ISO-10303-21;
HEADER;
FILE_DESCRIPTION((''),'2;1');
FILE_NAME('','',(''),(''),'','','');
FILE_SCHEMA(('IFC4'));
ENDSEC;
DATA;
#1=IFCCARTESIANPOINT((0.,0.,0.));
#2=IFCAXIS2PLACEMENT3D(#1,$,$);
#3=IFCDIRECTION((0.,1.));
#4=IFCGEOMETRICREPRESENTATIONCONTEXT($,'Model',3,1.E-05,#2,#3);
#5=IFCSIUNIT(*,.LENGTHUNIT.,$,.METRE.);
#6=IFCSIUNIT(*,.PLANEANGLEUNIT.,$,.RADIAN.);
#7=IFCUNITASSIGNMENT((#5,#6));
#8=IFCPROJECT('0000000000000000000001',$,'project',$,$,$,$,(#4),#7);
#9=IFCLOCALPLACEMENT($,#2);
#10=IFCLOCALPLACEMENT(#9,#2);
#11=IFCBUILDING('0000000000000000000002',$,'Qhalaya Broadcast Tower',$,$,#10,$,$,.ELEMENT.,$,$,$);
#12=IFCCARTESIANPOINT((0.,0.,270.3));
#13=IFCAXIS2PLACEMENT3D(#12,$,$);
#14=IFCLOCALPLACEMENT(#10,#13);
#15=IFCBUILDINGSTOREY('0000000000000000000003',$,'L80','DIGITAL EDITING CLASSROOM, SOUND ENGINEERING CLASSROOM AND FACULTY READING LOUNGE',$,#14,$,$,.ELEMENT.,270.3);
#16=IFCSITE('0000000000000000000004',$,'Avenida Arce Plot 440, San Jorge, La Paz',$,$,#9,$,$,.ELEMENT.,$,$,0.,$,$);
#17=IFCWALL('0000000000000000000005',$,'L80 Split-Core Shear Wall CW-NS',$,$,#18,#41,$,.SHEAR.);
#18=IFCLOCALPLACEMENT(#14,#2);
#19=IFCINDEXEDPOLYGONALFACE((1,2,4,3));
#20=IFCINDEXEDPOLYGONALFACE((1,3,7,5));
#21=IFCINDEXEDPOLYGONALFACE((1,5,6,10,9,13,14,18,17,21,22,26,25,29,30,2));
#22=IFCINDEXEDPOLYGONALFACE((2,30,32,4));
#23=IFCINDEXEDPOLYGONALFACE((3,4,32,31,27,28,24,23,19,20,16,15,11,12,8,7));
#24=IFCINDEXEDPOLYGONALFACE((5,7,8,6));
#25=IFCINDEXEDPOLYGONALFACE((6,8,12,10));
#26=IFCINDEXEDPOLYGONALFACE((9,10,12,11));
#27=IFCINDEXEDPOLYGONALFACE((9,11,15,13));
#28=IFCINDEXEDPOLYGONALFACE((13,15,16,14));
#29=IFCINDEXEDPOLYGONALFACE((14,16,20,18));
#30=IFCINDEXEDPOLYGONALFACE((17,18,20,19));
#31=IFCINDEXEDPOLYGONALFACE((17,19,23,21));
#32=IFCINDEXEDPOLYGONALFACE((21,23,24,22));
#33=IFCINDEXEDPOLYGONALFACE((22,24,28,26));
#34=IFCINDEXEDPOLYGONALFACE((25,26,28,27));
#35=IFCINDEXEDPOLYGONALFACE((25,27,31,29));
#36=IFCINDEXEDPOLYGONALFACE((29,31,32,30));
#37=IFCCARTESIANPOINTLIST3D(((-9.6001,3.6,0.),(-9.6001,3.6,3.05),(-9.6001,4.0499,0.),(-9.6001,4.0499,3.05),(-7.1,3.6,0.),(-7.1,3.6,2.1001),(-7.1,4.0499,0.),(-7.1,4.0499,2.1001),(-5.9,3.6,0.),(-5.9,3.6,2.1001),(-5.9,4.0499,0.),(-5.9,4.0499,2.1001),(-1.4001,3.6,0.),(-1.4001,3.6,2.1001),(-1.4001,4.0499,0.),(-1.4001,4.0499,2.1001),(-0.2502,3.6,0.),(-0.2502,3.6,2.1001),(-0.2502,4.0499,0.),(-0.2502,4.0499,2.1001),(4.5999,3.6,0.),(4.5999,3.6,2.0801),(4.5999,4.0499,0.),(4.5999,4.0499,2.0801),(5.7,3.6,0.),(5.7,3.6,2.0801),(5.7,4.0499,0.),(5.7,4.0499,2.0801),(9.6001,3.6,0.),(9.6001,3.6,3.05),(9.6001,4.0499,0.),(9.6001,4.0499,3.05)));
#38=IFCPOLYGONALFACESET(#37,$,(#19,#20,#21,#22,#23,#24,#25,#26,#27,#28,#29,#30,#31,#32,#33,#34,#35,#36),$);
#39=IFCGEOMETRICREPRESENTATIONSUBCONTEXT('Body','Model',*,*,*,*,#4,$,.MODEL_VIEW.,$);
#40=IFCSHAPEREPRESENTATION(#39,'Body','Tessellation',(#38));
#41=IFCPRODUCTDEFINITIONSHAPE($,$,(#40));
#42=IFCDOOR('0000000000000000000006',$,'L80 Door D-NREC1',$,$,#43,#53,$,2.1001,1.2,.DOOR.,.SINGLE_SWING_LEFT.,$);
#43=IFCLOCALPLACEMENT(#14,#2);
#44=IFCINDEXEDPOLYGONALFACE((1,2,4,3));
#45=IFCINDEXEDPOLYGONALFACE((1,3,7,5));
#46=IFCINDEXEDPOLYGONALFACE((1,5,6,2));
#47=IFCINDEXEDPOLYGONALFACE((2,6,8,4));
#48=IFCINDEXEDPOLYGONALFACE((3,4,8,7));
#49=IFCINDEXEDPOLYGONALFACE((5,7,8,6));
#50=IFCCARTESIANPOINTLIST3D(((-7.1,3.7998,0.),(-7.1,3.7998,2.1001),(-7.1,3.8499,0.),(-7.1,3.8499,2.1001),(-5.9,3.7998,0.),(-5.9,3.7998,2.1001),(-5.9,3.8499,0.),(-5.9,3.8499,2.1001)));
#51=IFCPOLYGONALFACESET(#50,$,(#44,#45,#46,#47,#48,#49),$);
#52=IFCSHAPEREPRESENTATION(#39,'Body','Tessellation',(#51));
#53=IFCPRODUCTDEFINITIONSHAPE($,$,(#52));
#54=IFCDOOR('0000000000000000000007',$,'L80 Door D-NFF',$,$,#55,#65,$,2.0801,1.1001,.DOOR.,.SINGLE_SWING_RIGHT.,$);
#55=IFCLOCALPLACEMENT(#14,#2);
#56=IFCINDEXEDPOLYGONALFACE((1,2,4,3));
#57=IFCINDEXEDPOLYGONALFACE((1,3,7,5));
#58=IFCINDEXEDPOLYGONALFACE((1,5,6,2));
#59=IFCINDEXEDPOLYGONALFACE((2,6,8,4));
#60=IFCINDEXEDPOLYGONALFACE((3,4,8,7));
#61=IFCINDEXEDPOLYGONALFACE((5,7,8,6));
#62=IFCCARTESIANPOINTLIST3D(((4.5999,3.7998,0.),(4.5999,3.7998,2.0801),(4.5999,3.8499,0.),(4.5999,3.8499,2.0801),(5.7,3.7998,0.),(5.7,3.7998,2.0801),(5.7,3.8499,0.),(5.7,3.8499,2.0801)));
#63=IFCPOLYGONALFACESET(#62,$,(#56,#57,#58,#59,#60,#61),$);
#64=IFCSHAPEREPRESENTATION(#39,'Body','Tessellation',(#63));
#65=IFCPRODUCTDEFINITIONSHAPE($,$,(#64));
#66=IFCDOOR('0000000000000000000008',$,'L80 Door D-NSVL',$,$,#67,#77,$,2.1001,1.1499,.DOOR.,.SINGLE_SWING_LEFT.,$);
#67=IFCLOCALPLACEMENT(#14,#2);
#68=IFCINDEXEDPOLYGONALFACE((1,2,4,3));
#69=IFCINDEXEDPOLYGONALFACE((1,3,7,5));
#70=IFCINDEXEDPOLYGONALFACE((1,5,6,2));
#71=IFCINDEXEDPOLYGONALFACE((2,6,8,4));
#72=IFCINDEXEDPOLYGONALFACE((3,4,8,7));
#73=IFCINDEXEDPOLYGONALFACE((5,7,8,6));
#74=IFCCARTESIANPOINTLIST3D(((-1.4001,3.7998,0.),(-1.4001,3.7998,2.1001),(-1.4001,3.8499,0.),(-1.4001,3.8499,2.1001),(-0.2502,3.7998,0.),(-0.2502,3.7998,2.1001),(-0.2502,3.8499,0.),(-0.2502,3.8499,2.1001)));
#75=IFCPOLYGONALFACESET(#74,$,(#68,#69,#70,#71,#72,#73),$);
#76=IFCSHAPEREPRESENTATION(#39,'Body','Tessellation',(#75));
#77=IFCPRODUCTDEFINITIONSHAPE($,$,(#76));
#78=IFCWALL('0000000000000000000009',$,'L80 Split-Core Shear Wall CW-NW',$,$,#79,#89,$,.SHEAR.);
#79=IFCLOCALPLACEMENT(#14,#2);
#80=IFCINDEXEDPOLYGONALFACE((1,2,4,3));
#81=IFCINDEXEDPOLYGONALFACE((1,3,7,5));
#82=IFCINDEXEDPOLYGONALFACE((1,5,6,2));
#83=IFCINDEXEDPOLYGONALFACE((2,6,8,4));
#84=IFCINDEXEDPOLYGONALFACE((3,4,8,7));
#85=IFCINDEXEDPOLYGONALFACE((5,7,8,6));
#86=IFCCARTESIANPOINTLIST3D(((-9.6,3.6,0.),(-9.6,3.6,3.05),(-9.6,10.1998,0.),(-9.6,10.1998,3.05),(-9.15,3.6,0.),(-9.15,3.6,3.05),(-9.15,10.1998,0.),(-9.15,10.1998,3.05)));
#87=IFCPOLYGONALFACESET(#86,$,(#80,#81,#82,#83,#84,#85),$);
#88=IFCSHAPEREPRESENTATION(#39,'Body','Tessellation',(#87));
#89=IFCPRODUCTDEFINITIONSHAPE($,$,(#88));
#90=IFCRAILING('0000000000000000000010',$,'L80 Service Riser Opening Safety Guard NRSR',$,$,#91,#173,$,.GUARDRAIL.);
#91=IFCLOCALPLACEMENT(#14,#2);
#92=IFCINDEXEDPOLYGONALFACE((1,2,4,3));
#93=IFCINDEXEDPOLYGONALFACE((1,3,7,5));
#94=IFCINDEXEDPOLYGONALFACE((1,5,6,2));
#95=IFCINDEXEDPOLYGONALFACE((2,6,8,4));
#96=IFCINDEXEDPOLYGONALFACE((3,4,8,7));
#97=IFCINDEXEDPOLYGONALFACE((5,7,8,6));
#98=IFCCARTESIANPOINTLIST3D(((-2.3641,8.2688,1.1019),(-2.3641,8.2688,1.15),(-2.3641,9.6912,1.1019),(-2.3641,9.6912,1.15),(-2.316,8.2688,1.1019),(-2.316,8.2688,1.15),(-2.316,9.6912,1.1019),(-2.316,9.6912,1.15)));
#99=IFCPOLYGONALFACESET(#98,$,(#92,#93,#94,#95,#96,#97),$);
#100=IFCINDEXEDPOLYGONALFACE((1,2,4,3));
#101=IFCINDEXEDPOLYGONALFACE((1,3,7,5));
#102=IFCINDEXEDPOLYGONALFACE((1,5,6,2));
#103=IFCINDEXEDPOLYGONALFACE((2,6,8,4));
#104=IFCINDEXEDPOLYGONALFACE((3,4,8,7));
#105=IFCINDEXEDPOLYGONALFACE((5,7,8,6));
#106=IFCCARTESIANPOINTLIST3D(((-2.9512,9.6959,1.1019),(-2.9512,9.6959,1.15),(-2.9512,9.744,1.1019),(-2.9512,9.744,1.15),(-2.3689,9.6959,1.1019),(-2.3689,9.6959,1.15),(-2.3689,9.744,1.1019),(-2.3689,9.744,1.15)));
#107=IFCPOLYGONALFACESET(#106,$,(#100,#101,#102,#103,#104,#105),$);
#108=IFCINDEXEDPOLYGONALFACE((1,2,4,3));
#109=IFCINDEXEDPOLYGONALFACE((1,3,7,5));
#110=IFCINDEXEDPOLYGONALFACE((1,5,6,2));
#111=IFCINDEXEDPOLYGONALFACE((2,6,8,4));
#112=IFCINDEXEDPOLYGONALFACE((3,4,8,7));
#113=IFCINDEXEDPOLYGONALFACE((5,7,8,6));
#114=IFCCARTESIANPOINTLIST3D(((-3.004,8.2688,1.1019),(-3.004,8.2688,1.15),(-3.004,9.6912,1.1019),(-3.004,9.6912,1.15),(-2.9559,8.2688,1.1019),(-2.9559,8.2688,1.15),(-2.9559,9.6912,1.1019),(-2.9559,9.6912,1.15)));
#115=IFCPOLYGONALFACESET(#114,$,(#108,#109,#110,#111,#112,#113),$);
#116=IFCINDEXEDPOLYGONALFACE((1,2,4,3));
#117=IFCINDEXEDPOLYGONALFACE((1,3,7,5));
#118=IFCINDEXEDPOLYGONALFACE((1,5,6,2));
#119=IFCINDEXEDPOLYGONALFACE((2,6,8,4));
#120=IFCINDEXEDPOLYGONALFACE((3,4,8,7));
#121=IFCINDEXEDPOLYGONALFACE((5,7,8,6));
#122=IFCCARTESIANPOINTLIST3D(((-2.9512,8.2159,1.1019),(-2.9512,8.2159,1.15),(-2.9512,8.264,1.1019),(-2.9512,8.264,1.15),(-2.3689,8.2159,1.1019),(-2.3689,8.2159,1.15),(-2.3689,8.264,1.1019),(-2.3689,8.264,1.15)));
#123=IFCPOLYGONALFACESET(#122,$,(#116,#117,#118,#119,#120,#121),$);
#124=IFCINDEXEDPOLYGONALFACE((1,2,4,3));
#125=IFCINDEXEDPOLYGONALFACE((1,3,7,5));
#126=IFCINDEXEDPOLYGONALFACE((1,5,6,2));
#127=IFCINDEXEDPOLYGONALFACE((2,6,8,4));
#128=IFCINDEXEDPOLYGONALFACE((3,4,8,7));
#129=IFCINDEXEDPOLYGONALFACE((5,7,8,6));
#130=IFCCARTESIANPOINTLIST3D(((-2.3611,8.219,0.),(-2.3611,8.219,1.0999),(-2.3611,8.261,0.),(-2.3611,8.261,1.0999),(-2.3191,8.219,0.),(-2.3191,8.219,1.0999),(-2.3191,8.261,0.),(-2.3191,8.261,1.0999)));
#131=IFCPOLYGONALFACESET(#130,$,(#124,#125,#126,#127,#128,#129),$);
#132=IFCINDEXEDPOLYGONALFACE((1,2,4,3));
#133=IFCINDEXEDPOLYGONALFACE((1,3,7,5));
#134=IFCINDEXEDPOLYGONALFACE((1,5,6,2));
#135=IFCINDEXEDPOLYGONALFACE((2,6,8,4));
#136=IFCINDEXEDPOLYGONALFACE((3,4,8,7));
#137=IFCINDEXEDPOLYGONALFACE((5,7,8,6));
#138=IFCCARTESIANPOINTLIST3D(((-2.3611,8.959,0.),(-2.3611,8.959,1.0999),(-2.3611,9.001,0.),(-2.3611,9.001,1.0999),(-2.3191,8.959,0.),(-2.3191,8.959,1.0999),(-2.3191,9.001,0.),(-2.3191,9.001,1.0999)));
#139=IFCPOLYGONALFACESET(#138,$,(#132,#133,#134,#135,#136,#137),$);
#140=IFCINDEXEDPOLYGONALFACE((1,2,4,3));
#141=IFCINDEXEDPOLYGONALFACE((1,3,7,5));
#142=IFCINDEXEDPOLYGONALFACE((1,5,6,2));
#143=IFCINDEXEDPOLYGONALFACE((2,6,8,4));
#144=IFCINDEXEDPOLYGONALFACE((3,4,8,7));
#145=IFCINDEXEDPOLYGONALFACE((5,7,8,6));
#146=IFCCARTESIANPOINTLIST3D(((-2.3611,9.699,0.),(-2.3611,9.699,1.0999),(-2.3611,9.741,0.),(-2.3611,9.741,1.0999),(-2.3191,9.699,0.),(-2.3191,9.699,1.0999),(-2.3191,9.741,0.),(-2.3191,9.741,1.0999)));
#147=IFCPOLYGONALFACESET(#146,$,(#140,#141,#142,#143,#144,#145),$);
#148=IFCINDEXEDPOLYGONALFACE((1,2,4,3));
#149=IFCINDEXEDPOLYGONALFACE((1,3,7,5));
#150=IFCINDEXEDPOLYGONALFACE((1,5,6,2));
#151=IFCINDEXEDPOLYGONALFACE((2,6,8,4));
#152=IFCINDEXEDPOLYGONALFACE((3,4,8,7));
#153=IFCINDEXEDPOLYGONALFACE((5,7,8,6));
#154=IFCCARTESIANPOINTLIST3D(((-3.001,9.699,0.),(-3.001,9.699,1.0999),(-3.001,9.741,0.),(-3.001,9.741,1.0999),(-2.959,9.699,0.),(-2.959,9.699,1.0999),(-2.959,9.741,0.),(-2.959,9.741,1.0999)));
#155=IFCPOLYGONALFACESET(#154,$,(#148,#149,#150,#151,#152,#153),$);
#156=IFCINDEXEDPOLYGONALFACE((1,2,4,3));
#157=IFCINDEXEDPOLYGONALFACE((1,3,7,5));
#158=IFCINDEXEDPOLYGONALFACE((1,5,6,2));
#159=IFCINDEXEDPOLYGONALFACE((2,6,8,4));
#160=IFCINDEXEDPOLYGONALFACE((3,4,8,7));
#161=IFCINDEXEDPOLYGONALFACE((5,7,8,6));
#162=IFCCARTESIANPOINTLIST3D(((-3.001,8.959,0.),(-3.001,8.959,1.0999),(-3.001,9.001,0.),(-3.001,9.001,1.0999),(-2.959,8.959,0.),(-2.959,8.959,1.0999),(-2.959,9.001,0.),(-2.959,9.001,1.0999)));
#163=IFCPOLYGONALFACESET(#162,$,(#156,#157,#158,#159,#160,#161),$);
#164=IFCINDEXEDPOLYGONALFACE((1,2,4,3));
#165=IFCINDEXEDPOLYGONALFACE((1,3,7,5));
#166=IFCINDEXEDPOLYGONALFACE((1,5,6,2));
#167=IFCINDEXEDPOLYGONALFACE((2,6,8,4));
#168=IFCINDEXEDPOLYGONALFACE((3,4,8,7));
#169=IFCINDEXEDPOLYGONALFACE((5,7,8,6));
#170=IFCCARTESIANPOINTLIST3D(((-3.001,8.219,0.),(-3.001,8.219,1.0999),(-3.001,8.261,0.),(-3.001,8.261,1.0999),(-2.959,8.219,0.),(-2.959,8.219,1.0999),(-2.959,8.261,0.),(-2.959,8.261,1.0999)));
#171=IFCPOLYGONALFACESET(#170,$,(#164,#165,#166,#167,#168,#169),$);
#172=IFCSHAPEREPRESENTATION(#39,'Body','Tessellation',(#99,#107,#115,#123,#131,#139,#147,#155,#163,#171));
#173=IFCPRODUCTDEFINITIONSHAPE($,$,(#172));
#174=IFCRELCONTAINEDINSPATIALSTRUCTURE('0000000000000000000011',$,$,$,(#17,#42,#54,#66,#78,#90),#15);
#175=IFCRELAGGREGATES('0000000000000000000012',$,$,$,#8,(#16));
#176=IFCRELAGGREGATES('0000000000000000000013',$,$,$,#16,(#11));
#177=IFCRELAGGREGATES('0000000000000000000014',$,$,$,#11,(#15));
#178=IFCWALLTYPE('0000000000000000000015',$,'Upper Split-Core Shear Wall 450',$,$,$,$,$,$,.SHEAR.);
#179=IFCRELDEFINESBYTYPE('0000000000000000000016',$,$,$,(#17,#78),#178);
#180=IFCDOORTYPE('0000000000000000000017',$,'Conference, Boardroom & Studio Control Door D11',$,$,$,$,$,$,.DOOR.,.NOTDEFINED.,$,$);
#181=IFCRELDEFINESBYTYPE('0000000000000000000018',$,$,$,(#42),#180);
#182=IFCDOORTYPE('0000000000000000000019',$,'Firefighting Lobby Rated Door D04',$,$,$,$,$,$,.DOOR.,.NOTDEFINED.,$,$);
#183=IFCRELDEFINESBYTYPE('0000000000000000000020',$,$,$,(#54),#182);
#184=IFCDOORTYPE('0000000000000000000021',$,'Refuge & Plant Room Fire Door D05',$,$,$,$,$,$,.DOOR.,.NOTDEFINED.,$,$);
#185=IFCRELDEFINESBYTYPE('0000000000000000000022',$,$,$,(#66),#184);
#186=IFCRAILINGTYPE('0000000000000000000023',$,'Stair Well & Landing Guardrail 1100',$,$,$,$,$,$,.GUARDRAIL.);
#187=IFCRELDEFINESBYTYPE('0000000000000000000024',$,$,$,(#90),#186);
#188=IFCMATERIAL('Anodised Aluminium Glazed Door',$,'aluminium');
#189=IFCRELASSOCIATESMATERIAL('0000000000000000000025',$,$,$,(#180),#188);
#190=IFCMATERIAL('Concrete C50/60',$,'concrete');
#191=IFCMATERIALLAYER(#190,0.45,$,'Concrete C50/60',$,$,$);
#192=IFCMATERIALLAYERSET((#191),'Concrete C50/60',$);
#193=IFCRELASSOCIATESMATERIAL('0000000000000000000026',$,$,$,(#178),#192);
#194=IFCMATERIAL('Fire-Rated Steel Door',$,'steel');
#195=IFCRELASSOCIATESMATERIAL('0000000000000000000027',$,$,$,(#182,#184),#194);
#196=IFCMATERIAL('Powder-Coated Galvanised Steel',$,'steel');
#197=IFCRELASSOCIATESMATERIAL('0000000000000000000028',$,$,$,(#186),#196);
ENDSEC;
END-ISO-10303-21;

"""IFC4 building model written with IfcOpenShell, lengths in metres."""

from ifc_helpers import new_model, si_unit, direction, frame, frame_2d, origin, origin_2d, place, context, subcontext, project, spatial, rectangle, extrude, material, layer, layer_set, type_object, element, fill, save


model = new_model("IFC4")

# Units and contexts
model_context = context("Model", 3, precision=1e-05, world=origin(), true_north=direction((0.0, 1.0)))
body_context = subcontext(model_context, "Body", "Model", "MODEL_VIEW")
ifc_project = project(units=[si_unit("LENGTHUNIT", "METRE"), si_unit("PLANEANGLEUNIT", "RADIAN")], contexts=[model_context])

# Site, building, storey
site_placement = place(None, origin())
site = spatial("IfcSite", under=ifc_project, at=site_placement, Name="Avenida Arce Plot 440, San Jorge, La Paz", CompositionType="ELEMENT", RefElevation=0.0)
building_placement = place(site_placement, origin())
building = spatial("IfcBuilding", under=site, at=building_placement, Name="Qhalaya Broadcast Tower", CompositionType="ELEMENT")
storey_placement = place(building_placement, frame((0.0, 0.0, 270.3)))
storey = spatial("IfcBuildingStorey", under=building, at=storey_placement, Name="L80", Description="DIGITAL EDITING CLASSROOM, SOUND ENGINEERING CLASSROOM AND FACULTY READING LOUNGE", CompositionType="ELEMENT", Elevation=270.3)

# Shared definitions
ifc_material_1 = material(Name="Concrete C50/60", Category="concrete")

# Shared definitions
ifc_material_2 = material(Name="Fire-Rated Steel Door", Category="steel")

# Shared definitions
ifc_material_3 = material(Name="Anodised Aluminium Glazed Door", Category="aluminium")
door_type_1 = type_object("IfcDoorType", Name="Conference, Boardroom & Studio Control Door D11", OperationType="NOTDEFINED", PredefinedType="DOOR", material=ifc_material_3)

# Wall, openings, doors
ifc_layer_1 = layer(ifc_material_1, 0.45, Name="Concrete C50/60")
ifc_layer_set_1 = layer_set([ifc_layer_1], Name="Concrete C50/60")
wall_type_1 = type_object("IfcWallType", Name="Upper Split-Core Shear Wall 450", PredefinedType="SHEAR", material=ifc_layer_set_1)
wall_1_placement = place(storey_placement, frame((-9.6001, 3.825, 0.0), z_axis=(0.0, 0.0, 1.0), x_axis=(1.0, 0.0, 0.0)))
wall_1 = element("IfcWall", 1, at=wall_1_placement, inside=storey, type_object=wall_type_1, Name="L80 Split-Core Shear Wall CW-NS", PredefinedType="SHEAR", context=body_context, shape_type="SweptSolid", body=[
    extrude(rectangle(XDim=19.2002, YDim=0.45, at=frame_2d((9.6001, 0.0))), origin(), (0.0, 0.0, 1.0), 3.05),
])
opening_1_placement = place(wall_1_placement, frame((14.2, 0.0, 0.0)))
opening_1 = element("IfcOpeningElement", 2, at=opening_1_placement, cuts=wall_1, PredefinedType="OPENING", context=body_context, shape_type="SweptSolid", body=[
    extrude(rectangle(XDim=1.1001, YDim=2.0801, at=frame_2d((0.55, 1.04))), frame((0.0, 0.2371, 0.0), z_axis=(0.0, -1.0, 0.0), x_axis=(1.0, 0.0, 0.0)), (0.0, 0.0, 1.0), 0.4739),
])
opening_2_placement = place(wall_1_placement, frame((8.2, 0.0, 0.0)))
opening_2 = element("IfcOpeningElement", 3, at=opening_2_placement, cuts=wall_1, PredefinedType="OPENING", context=body_context, shape_type="SweptSolid", body=[
    extrude(rectangle(XDim=1.1499, YDim=2.1001, at=frame_2d((0.575, 1.05))), frame((0.0, 0.2371, 0.0), z_axis=(0.0, -1.0, 0.0), x_axis=(1.0, 0.0, 0.0)), (0.0, 0.0, 1.0), 0.4739),
])
opening_3_placement = place(wall_1_placement, frame((2.5, 0.0, 0.0)))
opening_3 = element("IfcOpeningElement", 4, at=opening_3_placement, cuts=wall_1, PredefinedType="OPENING", context=body_context, shape_type="SweptSolid", body=[
    extrude(rectangle(XDim=1.2, YDim=2.1001, at=frame_2d((0.6001, 1.05))), frame((0.0, 0.2371, 0.0), z_axis=(0.0, -1.0, 0.0), x_axis=(1.0, 0.0, 0.0)), (0.0, 0.0, 1.0), 0.4739),
])
door_1_placement = place(opening_3_placement, origin())
door_1 = element("IfcDoor", 5, at=door_1_placement, inside=storey, type_object=door_type_1, Name="L80 Door D-NREC1", OperationType="SINGLE_SWING_LEFT", OverallHeight=2.1001, OverallWidth=1.2, PredefinedType="DOOR", context=body_context, shape_type="SweptSolid", body=[
    extrude(rectangle(XDim=1.2, YDim=2.1001, at=frame_2d((0.6001, 1.05))), frame((0.0, 0.0249, 0.0), z_axis=(0.0, -1.0, 0.0), x_axis=(1.0, 0.0, 0.0)), (0.0, 0.0, 1.0), 0.05),
])
fill(opening_3, door_1)
door_type_2 = type_object("IfcDoorType", Name="Firefighting Lobby Rated Door D04", OperationType="NOTDEFINED", PredefinedType="DOOR", material=ifc_material_2)
door_2_placement = place(opening_1_placement, origin())
door_2 = element("IfcDoor", 6, at=door_2_placement, inside=storey, type_object=door_type_2, Name="L80 Door D-NFF", OperationType="SINGLE_SWING_RIGHT", OverallHeight=2.0801, OverallWidth=1.1001, PredefinedType="DOOR", context=body_context, shape_type="SweptSolid", body=[
    extrude(rectangle(XDim=1.1001, YDim=2.0801, at=frame_2d((0.55, 1.04))), frame((0.0, 0.0249, 0.0), z_axis=(0.0, -1.0, 0.0), x_axis=(1.0, 0.0, 0.0)), (0.0, 0.0, 1.0), 0.05),
])
fill(opening_1, door_2)
door_type_3 = type_object("IfcDoorType", Name="Refuge & Plant Room Fire Door D05", OperationType="NOTDEFINED", PredefinedType="DOOR", material=ifc_material_2)
door_3_placement = place(opening_2_placement, origin())
door_3 = element("IfcDoor", 7, at=door_3_placement, inside=storey, type_object=door_type_3, Name="L80 Door D-NSVL", OperationType="SINGLE_SWING_LEFT", OverallHeight=2.1001, OverallWidth=1.1499, PredefinedType="DOOR", context=body_context, shape_type="SweptSolid", body=[
    extrude(rectangle(XDim=1.1499, YDim=2.1001, at=frame_2d((0.575, 1.05))), frame((0.0, 0.0249, 0.0), z_axis=(0.0, -1.0, 0.0), x_axis=(1.0, 0.0, 0.0)), (0.0, 0.0, 1.0), 0.05),
])
fill(opening_2, door_3)

# Wall
wall_2_placement = place(storey_placement, frame((-9.375, 3.6001, 0.0), z_axis=(0.0, 0.0, 1.0), x_axis=(0.0, 1.0, 0.0)))
element("IfcWall", 8, at=wall_2_placement, inside=storey, type_object=wall_type_1, Name="L80 Split-Core Shear Wall CW-NW", PredefinedType="SHEAR", context=body_context, shape_type="SweptSolid", body=[
    extrude(rectangle(XDim=6.5999, YDim=0.45, at=frame_2d((3.2998, 0.0))), origin(), (0.0, 0.0, 1.0), 3.05),
])

# Railing
ifc_material_4 = material(Name="Powder-Coated Galvanised Steel", Category="steel")
railing_type = type_object("IfcRailingType", Name="Stair Well & Landing Guardrail 1100", PredefinedType="GUARDRAIL", material=ifc_material_4)
railing_placement = place(storey_placement, frame((-2.3401, 8.24, 0.0)))
element("IfcRailing", 9, at=railing_placement, inside=storey, type_object=railing_type, Name="L80 Service Riser Opening Safety Guard NRSR", PredefinedType="GUARDRAIL", context=body_context, shape_type="SweptSolid", body=[
    extrude(rectangle(XDim=0.0481, YDim=0.0481, at=origin_2d()), frame((0.0, 0.0288, 1.126), z_axis=(0.0, 1.0, 0.0), x_axis=(-1.0, 0.0, 0.0)), (0.0, 0.0, 1.0), 1.4224),
    extrude(rectangle(XDim=0.0481, YDim=0.0481, at=origin_2d()), frame((-0.0288, 1.48, 1.126), z_axis=(-1.0, 0.0, 0.0), x_axis=(0.0, -1.0, 0.0)), (0.0, 0.0, 1.0), 0.5823),
    extrude(rectangle(XDim=0.0481, YDim=0.0481, at=origin_2d()), frame((-0.6399, 1.4512, 1.126), z_axis=(0.0, -1.0, 0.0), x_axis=(1.0, 0.0, 0.0)), (0.0, 0.0, 1.0), 1.4224),
    extrude(rectangle(XDim=0.0481, YDim=0.0481, at=origin_2d()), frame((-0.6111, 0.0, 1.126), z_axis=(1.0, 0.0, 0.0), x_axis=(0.0, 1.0, 0.0)), (0.0, 0.0, 1.0), 0.5823),
    extrude(rectangle(XDim=0.042, YDim=0.042, at=origin_2d()), origin(), (0.0, 0.0, 1.0), 1.0999),
    extrude(rectangle(XDim=0.042, YDim=0.042, at=origin_2d()), frame((0.0, 0.74, 0.0)), (0.0, 0.0, 1.0), 1.0999),
    extrude(rectangle(XDim=0.042, YDim=0.042, at=origin_2d()), frame((0.0, 1.48, 0.0)), (0.0, 0.0, 1.0), 1.0999),
    extrude(rectangle(XDim=0.042, YDim=0.042, at=origin_2d()), frame((-0.6399, 1.48, 0.0)), (0.0, 0.0, 1.0), 1.0999),
    extrude(rectangle(XDim=0.042, YDim=0.042, at=origin_2d()), frame((-0.6399, 0.74, 0.0)), (0.0, 0.0, 1.0), 1.0999),
    extrude(rectangle(XDim=0.042, YDim=0.042, at=origin_2d()), frame((-0.6399, 0.0, 0.0)), (0.0, 0.0, 1.0), 1.0999),
])

save(model, "model.ifc")
